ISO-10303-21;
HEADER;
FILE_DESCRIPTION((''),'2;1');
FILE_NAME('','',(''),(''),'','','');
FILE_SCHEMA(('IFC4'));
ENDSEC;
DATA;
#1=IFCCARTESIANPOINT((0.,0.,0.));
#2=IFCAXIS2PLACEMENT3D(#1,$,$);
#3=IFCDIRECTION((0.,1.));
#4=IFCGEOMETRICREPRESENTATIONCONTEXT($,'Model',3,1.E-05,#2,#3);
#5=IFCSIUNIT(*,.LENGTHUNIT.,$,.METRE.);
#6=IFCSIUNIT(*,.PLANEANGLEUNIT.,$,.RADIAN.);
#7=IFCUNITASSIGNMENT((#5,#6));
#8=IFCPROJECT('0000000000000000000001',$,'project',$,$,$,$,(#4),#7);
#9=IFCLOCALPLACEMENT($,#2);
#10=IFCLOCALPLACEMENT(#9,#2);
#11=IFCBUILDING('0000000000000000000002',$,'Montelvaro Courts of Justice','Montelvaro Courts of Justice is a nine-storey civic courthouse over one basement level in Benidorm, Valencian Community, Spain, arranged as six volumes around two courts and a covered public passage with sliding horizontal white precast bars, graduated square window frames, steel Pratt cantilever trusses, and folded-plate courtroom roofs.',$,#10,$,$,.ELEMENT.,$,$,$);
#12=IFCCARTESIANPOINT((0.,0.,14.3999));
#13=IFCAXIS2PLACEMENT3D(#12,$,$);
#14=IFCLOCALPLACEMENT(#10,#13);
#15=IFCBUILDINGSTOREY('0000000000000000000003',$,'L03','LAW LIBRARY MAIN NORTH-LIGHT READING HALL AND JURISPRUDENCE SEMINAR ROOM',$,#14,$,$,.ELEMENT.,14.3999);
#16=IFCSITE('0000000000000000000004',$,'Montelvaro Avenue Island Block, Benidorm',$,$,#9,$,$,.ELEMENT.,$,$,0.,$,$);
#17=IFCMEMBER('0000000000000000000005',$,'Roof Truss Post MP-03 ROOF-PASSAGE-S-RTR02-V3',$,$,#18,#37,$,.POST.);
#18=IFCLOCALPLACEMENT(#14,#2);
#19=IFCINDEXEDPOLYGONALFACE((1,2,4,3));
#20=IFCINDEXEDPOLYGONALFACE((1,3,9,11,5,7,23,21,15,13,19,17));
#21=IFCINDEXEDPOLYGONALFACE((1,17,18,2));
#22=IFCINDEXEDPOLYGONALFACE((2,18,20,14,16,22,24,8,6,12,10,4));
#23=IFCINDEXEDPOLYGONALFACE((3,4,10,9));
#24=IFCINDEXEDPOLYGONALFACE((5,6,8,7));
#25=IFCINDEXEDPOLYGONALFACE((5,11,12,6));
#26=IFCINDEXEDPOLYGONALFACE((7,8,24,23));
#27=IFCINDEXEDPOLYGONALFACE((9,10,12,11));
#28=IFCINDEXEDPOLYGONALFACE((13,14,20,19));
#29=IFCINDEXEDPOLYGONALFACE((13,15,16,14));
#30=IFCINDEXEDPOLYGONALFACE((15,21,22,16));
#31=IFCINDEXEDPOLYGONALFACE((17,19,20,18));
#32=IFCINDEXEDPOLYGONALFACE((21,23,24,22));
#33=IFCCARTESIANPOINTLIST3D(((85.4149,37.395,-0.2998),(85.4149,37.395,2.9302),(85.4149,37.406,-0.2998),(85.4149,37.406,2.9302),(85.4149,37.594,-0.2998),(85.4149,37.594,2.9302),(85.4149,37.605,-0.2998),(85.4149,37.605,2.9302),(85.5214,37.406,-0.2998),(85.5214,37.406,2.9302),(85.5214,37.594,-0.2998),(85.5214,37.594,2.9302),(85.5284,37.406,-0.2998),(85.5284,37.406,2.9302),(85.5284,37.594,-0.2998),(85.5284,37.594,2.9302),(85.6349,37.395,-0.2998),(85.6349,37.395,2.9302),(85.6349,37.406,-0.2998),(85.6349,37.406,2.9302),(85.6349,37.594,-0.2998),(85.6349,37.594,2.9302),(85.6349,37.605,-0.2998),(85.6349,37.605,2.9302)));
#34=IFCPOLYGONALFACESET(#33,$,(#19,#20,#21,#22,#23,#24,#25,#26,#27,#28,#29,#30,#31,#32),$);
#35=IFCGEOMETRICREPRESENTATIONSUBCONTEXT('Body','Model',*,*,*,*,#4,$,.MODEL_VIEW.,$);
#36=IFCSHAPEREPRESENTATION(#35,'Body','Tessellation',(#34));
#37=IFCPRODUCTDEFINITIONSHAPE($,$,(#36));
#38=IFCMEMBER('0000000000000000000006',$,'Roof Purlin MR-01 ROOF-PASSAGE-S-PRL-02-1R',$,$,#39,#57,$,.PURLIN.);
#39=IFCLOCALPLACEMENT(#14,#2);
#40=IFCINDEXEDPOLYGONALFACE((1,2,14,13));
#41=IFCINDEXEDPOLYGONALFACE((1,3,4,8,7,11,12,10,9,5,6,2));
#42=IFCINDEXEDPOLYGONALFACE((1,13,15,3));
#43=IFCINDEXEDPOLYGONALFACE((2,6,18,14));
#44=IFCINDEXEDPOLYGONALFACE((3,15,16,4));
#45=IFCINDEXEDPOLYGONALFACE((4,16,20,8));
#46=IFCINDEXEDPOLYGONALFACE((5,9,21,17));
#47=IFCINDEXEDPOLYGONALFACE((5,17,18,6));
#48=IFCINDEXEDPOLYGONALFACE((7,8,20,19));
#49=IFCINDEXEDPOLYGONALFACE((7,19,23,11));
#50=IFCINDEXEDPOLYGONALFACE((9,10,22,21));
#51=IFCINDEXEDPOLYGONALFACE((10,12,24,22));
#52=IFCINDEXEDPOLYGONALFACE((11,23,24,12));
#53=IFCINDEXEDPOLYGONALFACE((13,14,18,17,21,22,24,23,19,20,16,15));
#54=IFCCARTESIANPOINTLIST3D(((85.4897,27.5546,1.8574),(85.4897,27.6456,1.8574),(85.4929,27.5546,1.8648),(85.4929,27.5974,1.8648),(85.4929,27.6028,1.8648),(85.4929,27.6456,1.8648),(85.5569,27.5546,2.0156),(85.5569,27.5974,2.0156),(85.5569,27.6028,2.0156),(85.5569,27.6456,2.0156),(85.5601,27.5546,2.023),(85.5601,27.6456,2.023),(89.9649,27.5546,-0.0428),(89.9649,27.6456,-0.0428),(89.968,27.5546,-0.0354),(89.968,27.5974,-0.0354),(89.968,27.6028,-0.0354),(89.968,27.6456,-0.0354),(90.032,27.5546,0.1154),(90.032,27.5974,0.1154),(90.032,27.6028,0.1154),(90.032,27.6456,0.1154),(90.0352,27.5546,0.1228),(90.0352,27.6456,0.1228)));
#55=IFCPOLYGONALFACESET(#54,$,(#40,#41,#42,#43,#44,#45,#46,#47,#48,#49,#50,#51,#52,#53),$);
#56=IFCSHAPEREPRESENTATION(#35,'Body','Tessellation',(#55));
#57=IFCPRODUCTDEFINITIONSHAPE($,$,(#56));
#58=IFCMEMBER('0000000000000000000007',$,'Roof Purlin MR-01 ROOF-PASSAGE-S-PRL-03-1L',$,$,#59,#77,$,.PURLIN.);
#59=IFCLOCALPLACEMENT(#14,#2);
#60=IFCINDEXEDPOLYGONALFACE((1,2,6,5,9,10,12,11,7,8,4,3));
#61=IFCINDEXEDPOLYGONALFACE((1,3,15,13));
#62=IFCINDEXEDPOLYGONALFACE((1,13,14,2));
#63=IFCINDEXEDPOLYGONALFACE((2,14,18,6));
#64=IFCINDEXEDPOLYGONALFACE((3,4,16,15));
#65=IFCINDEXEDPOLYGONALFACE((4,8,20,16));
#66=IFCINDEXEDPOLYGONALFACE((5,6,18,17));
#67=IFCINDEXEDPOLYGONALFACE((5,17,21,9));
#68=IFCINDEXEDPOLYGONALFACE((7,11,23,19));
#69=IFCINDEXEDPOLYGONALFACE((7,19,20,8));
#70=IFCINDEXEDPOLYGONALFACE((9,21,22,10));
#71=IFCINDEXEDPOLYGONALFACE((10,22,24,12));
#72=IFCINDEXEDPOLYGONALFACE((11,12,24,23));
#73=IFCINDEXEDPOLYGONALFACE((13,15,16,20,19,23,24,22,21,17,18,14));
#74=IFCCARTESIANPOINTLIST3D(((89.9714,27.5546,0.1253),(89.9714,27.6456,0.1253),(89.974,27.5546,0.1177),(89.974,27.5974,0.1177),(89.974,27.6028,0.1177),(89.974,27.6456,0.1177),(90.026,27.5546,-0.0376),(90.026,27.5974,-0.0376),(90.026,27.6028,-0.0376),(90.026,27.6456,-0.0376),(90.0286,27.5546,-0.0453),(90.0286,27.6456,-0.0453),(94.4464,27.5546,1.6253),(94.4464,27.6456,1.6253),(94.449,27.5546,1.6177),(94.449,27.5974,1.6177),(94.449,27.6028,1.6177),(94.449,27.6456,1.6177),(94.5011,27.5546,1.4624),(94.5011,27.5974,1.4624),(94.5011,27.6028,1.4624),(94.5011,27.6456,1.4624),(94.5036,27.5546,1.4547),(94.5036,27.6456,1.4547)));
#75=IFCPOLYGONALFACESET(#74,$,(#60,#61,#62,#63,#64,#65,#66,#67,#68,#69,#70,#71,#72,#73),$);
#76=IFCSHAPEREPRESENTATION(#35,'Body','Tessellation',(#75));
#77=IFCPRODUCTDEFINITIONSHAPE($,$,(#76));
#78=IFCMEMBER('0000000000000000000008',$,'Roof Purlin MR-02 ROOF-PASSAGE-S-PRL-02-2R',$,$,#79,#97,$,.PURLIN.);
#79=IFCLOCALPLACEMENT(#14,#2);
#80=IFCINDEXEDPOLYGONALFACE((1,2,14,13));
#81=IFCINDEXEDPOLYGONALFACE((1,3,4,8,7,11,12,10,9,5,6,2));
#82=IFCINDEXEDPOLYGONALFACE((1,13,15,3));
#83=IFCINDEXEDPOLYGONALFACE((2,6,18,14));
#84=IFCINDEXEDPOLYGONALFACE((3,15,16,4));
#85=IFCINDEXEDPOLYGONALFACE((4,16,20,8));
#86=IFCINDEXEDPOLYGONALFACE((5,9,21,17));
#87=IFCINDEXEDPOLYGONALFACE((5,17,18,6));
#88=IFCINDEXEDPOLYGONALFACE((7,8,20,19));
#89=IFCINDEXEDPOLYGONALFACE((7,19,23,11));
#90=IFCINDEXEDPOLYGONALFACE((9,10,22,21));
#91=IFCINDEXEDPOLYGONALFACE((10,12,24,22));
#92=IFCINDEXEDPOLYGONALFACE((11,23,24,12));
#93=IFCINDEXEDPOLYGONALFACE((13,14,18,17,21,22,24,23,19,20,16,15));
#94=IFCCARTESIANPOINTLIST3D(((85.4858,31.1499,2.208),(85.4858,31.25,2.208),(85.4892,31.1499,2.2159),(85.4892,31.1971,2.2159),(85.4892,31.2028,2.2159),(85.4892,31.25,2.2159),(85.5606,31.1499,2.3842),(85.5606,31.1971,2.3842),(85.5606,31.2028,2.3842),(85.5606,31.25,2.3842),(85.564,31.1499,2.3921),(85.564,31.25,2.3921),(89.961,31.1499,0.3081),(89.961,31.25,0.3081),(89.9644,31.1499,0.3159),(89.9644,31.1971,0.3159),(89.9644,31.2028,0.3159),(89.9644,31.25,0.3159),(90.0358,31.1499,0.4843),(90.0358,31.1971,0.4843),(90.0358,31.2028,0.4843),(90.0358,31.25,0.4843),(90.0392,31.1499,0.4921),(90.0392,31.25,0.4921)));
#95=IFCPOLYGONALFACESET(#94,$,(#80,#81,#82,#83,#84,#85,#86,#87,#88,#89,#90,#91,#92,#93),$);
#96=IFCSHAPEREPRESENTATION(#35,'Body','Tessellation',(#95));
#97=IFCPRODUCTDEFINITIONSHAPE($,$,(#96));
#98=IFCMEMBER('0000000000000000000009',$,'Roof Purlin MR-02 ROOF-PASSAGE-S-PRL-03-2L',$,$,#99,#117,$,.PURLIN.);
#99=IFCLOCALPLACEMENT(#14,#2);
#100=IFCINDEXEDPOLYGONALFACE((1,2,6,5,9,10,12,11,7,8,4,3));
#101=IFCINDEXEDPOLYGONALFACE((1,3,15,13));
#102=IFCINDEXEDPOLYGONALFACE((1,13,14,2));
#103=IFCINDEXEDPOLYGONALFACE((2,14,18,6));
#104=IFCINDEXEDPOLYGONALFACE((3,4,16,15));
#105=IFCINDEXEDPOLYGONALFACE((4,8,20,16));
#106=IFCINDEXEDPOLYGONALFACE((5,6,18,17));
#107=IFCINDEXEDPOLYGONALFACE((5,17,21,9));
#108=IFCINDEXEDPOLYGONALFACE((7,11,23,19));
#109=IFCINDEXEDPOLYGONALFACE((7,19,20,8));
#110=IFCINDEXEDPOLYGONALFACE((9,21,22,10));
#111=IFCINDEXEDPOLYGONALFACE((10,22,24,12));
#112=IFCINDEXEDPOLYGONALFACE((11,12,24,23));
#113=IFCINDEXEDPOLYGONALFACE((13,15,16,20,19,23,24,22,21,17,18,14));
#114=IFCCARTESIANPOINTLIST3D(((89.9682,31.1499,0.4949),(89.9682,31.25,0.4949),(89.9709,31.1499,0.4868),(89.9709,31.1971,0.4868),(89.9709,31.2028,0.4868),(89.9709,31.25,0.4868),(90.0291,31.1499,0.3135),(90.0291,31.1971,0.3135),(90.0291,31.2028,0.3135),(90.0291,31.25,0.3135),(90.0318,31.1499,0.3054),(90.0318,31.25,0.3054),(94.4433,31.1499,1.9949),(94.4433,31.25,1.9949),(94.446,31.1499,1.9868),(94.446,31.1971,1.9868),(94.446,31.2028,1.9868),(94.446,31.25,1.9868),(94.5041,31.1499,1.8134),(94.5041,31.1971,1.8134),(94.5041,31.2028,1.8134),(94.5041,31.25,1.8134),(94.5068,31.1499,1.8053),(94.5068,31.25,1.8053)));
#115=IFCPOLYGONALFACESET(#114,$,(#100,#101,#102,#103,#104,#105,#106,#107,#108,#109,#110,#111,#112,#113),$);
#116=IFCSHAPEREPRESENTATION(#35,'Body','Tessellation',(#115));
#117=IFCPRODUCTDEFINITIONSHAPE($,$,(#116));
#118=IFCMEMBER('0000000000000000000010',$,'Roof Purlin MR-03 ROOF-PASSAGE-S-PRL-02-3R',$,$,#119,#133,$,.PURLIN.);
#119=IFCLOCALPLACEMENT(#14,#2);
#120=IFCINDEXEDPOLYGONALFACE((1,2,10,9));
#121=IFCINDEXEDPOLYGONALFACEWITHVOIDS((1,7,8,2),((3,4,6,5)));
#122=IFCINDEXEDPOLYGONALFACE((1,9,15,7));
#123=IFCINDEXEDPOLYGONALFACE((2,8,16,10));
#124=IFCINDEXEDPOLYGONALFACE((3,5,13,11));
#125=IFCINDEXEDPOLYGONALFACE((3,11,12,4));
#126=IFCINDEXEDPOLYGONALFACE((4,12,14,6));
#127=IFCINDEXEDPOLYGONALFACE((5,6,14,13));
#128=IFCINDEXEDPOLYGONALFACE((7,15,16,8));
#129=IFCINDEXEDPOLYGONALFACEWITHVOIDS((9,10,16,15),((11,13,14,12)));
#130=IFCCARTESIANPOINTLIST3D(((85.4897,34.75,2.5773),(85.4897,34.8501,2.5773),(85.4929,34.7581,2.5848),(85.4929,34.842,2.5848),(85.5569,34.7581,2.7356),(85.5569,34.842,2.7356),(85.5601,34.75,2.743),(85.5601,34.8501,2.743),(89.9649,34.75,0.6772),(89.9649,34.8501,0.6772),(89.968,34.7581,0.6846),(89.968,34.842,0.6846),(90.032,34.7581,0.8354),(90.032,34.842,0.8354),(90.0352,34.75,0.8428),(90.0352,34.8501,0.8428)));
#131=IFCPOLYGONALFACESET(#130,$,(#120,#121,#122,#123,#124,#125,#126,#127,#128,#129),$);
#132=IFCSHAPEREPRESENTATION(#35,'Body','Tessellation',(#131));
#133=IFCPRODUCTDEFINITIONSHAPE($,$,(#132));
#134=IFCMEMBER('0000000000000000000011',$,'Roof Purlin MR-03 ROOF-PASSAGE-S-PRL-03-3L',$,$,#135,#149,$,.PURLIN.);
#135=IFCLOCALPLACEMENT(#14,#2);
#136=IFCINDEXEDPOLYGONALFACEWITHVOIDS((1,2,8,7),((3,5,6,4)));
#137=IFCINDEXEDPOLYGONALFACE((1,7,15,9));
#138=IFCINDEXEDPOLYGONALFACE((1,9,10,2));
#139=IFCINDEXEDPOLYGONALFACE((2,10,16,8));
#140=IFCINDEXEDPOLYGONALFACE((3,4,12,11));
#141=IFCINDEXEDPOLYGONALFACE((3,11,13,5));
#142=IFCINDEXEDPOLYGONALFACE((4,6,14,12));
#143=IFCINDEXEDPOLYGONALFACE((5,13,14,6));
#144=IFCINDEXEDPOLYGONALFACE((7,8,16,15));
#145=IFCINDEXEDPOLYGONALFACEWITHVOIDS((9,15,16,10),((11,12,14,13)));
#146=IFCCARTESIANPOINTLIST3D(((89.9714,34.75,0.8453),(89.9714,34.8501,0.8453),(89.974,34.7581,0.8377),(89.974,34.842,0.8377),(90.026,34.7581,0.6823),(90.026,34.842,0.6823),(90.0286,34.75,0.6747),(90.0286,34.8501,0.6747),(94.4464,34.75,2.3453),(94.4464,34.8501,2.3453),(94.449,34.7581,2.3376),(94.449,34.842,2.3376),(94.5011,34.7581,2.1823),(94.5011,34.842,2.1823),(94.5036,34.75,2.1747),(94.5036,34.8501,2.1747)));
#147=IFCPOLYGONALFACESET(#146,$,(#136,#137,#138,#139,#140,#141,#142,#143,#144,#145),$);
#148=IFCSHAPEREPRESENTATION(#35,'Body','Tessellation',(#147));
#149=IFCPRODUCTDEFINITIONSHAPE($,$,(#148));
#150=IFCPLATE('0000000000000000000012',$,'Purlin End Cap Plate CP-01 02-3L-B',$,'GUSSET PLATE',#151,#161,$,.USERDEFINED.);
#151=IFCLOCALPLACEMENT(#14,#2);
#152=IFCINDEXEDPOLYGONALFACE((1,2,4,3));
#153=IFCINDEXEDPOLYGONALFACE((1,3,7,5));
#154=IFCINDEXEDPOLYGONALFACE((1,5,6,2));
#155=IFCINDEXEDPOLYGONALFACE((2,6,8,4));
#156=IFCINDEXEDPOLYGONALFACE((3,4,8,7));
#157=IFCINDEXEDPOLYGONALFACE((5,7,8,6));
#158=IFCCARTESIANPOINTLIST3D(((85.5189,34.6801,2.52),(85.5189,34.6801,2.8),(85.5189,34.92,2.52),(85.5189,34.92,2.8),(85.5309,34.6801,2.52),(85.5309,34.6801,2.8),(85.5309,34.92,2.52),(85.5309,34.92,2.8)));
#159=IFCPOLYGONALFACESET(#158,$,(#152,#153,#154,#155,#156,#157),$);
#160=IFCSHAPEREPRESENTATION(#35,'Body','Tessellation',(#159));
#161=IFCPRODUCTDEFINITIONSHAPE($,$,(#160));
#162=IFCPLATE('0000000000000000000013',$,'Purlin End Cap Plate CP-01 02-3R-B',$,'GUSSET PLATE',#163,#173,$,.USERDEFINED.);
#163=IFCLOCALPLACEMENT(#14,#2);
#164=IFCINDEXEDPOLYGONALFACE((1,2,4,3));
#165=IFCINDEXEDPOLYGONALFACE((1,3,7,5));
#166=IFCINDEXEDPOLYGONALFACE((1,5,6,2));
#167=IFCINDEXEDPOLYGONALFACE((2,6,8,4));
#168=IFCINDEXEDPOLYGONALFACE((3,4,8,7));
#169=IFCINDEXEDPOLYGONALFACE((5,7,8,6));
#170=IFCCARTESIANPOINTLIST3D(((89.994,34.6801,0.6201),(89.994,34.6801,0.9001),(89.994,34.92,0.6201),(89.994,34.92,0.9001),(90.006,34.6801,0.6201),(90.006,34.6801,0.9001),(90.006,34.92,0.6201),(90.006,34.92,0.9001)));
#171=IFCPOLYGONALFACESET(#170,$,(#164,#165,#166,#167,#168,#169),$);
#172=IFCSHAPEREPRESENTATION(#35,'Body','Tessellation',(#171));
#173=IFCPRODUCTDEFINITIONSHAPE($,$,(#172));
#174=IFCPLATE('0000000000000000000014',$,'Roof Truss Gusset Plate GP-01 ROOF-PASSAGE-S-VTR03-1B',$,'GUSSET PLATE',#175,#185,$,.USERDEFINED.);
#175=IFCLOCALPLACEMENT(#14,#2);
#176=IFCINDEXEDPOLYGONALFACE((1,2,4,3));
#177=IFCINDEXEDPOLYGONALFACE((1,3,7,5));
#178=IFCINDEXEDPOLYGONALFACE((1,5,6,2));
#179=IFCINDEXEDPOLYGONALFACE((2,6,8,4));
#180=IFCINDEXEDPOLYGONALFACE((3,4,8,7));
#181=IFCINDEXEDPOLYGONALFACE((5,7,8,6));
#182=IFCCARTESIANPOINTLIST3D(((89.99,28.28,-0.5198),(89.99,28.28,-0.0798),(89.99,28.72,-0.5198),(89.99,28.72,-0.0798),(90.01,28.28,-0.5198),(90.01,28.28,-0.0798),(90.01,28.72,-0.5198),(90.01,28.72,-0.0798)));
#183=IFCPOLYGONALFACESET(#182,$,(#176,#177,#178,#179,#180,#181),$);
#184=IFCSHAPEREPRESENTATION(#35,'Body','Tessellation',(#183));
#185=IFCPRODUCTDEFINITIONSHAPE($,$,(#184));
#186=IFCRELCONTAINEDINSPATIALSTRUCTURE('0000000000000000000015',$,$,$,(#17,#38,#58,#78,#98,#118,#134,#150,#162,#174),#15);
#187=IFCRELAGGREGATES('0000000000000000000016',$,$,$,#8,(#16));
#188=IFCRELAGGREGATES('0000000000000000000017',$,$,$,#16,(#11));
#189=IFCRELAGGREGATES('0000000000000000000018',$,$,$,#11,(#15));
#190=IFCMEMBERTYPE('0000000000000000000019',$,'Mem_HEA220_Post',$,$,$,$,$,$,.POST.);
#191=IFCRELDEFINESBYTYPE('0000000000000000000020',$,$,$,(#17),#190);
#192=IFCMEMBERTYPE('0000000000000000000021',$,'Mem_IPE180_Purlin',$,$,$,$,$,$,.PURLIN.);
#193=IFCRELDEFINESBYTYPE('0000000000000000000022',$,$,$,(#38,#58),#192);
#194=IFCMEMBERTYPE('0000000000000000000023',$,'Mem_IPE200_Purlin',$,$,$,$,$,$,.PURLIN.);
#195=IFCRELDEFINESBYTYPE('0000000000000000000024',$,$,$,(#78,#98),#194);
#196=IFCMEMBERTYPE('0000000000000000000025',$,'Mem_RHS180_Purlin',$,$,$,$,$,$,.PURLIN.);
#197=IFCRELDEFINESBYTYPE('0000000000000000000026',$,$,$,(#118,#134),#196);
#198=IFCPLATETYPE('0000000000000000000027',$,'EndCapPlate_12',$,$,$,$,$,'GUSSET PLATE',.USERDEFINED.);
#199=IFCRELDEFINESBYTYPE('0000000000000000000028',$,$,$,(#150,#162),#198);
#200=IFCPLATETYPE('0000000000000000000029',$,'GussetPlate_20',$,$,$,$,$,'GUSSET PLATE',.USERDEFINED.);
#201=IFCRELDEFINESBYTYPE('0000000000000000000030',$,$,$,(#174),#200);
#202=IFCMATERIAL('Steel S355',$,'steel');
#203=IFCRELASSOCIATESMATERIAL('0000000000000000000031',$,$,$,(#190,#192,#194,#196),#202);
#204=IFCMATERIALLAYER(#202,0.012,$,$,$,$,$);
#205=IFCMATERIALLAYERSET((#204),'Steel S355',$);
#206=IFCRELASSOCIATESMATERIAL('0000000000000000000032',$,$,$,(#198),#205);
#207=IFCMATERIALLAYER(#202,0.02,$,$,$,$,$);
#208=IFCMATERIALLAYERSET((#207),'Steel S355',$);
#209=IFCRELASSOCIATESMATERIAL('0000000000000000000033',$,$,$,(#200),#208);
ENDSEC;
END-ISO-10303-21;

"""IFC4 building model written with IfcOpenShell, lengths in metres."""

from ifc_helpers import new_model, si_unit, direction, frame, origin, origin_2d, place, context, subcontext, project, spatial, rectangle, hollow_rectangle, i_section, extrude, material, layer, layer_set, material_profile, profile_set, type_object, element, save


model = new_model("IFC4")

# Units and contexts
model_context = context("Model", 3, precision=1e-05, world=origin(), true_north=direction((0.0, 1.0)))
body_context = subcontext(model_context, "Body", "Model", "MODEL_VIEW")
ifc_project = project(units=[si_unit("LENGTHUNIT", "METRE"), si_unit("PLANEANGLEUNIT", "RADIAN")], contexts=[model_context])

# Site, building, storey
site_placement = place(None, origin())
site = spatial("IfcSite", under=ifc_project, at=site_placement, Name="Montelvaro Avenue Island Block, Benidorm", CompositionType="ELEMENT", RefElevation=0.0)
building_placement = place(site_placement, origin())
building = spatial("IfcBuilding", under=site, at=building_placement, Name="Montelvaro Courts of Justice", Description="Montelvaro Courts of Justice is a nine-storey civic courthouse over one basement level in Benidorm, Valencian Community, Spain, arranged as six volumes around two courts and a covered public passage with sliding horizontal white precast bars, graduated square window frames, steel Pratt cantilever trusses, and folded-plate courtroom roofs.", CompositionType="ELEMENT")
storey_placement = place(building_placement, frame((0.0, 0.0, 14.3999)))
storey = spatial("IfcBuildingStorey", under=building, at=storey_placement, Name="L03", Description="LAW LIBRARY MAIN NORTH-LIGHT READING HALL AND JURISPRUDENCE SEMINAR ROOM", CompositionType="ELEMENT", Elevation=14.3999)

# Members
ifc_material_1 = material(Name="Steel S355", Category="steel")
ifc_material_profile_1 = material_profile(ifc_material_1, i_section(OverallWidth=0.22, OverallDepth=0.21, WebThickness=0.0071, FlangeThickness=0.011, at=origin_2d()), Name="HEA 220")
ifc_profile_set_1 = profile_set([ifc_material_profile_1], Name="Steel S355")
member_type_1 = type_object("IfcMemberType", Name="Mem_HEA220_Post", PredefinedType="POST", material=ifc_profile_set_1)
member_1_placement = place(storey_placement, frame((85.5249, 37.5, -0.2998), z_axis=(0.0, 0.0, 1.0), x_axis=(1.0, 0.0, 0.0)))
element("IfcMember", 1, at=member_1_placement, inside=storey, type_object=member_type_1, Name="Roof Truss Post MP-03 ROOF-PASSAGE-S-RTR02-V3", PredefinedType="POST", context=body_context, shape_type="SweptSolid", body=[
    extrude(i_section(OverallWidth=0.22, OverallDepth=0.21, WebThickness=0.0071, FlangeThickness=0.011, at=origin_2d()), origin(), (0.0, 0.0, 1.0), 3.23),
])
ifc_material_profile_2 = material_profile(ifc_material_1, i_section(OverallWidth=0.0911, OverallDepth=0.1799, WebThickness=0.0054, FlangeThickness=0.0081, at=origin_2d()), Name="IPE 180")
ifc_profile_set_2 = profile_set([ifc_material_profile_2], Name="Steel S355")
member_type_2 = type_object("IfcMemberType", Name="Mem_IPE180_Purlin", PredefinedType="PURLIN", material=ifc_profile_set_2)
member_2_placement = place(storey_placement, frame((85.5249, 27.6001, 1.9402), z_axis=(0.920462, 0.0, -0.390832), x_axis=(0.0, 1.0, 0.0)))
element("IfcMember", 2, at=member_2_placement, inside=storey, type_object=member_type_2, Name="Roof Purlin MR-01 ROOF-PASSAGE-S-PRL-02-1R", PredefinedType="PURLIN", context=body_context, shape_type="SweptSolid", body=[
    extrude(i_section(OverallWidth=0.0911, OverallDepth=0.1799, WebThickness=0.0054, FlangeThickness=0.0081, at=origin_2d()), origin(), (0.0, 0.0, 1.0), 4.8618),
])
member_3_placement = place(storey_placement, frame((90.0, 27.6001, 0.04), z_axis=(0.948154, 0.0, 0.31781), x_axis=(0.0, 1.0, 0.0)))
element("IfcMember", 3, at=member_3_placement, inside=storey, type_object=member_type_2, Name="Roof Purlin MR-01 ROOF-PASSAGE-S-PRL-03-1L", PredefinedType="PURLIN", context=body_context, shape_type="SweptSolid", body=[
    extrude(i_section(OverallWidth=0.0911, OverallDepth=0.1799, WebThickness=0.0054, FlangeThickness=0.0081, at=origin_2d()), origin(), (0.0, 0.0, 1.0), 4.7197),
])
ifc_material_profile_3 = material_profile(ifc_material_1, i_section(OverallWidth=0.1001, OverallDepth=0.2, WebThickness=0.0056, FlangeThickness=0.0085, at=origin_2d()), Name="IPE 200")
ifc_profile_set_3 = profile_set([ifc_material_profile_3], Name="Steel S355")
member_type_3 = type_object("IfcMemberType", Name="Mem_IPE200_Purlin", PredefinedType="PURLIN", material=ifc_profile_set_3)
member_4_placement = place(storey_placement, frame((85.5249, 31.2, 2.3), z_axis=(0.92048, 0.0, -0.39079), x_axis=(0.0, 1.0, 0.0)))
element("IfcMember", 4, at=member_4_placement, inside=storey, type_object=member_type_3, Name="Roof Purlin MR-02 ROOF-PASSAGE-S-PRL-02-2R", PredefinedType="PURLIN", context=body_context, shape_type="SweptSolid", body=[
    extrude(i_section(OverallWidth=0.1001, OverallDepth=0.2, WebThickness=0.0056, FlangeThickness=0.0085, at=origin_2d()), origin(), (0.0, 0.0, 1.0), 4.8618),
])
member_5_placement = place(storey_placement, frame((90.0, 31.2, 0.4001), z_axis=(0.948154, 0.0, 0.31781), x_axis=(0.0, 1.0, 0.0)))
element("IfcMember", 5, at=member_5_placement, inside=storey, type_object=member_type_3, Name="Roof Purlin MR-02 ROOF-PASSAGE-S-PRL-03-2L", PredefinedType="PURLIN", context=body_context, shape_type="SweptSolid", body=[
    extrude(i_section(OverallWidth=0.1001, OverallDepth=0.2, WebThickness=0.0056, FlangeThickness=0.0085, at=origin_2d()), origin(), (0.0, 0.0, 1.0), 4.7197),
])
ifc_material_profile_4 = material_profile(ifc_material_1, hollow_rectangle(XDim=0.1001, YDim=0.1799, WallThickness=0.0081, at=origin_2d()), Name="RHS 180x100x8")
ifc_profile_set_4 = profile_set([ifc_material_profile_4], Name="Steel S355")
member_type_4 = type_object("IfcMemberType", Name="Mem_RHS180_Purlin", PredefinedType="PURLIN", material=ifc_profile_set_4)
member_6_placement = place(storey_placement, frame((85.5249, 34.8, 2.6602), z_axis=(0.920462, 0.0, -0.390832), x_axis=(0.0, 1.0, 0.0)))
element("IfcMember", 6, at=member_6_placement, inside=storey, type_object=member_type_4, Name="Roof Purlin MR-03 ROOF-PASSAGE-S-PRL-02-3R", PredefinedType="PURLIN", context=body_context, shape_type="SweptSolid", body=[
    extrude(hollow_rectangle(XDim=0.1001, YDim=0.1799, WallThickness=0.0081, at=origin_2d()), origin(), (0.0, 0.0, 1.0), 4.8618),
])
member_7_placement = place(storey_placement, frame((90.0, 34.8, 0.76), z_axis=(0.948154, 0.0, 0.31781), x_axis=(0.0, 1.0, 0.0)))
element("IfcMember", 7, at=member_7_placement, inside=storey, type_object=member_type_4, Name="Roof Purlin MR-03 ROOF-PASSAGE-S-PRL-03-3L", PredefinedType="PURLIN", context=body_context, shape_type="SweptSolid", body=[
    extrude(hollow_rectangle(XDim=0.1001, YDim=0.1799, WallThickness=0.0081, at=origin_2d()), origin(), (0.0, 0.0, 1.0), 4.7197),
])

# Plates
ifc_layer_1 = layer(ifc_material_1, 0.012)
ifc_layer_set_1 = layer_set([ifc_layer_1], Name="Steel S355")
plate_type_1 = type_object("IfcPlateType", Name="EndCapPlate_12", ElementType="GUSSET PLATE", PredefinedType="USERDEFINED", material=ifc_layer_set_1)
for number, where, z_axis, x_axis, name in (
    (8, (85.5249, 34.8, 2.52), (0.0, 0.0, 1.0), (1.0, 0.0, 0.0), "Purlin End Cap Plate CP-01 02-3L-B"),
    (9, (90.0, 34.8, 0.6201), (0.0, 0.0, 1.0), (1.0, 0.0, 0.0), "Purlin End Cap Plate CP-01 02-3R-B"),
):
    element("IfcPlate", number, at=place(storey_placement, frame(where, z_axis=z_axis, x_axis=x_axis)), inside=storey, type_object=plate_type_1, Name=name, ObjectType="GUSSET PLATE", PredefinedType="USERDEFINED", context=body_context, shape_type="SweptSolid", body=[
        extrude(rectangle(XDim=0.012, YDim=0.24, at=origin_2d()), origin(), (0.0, 0.0, 1.0), 0.28),
    ])
ifc_layer_2 = layer(ifc_material_1, 0.02)
ifc_layer_set_2 = layer_set([ifc_layer_2], Name="Steel S355")
plate_type_2 = type_object("IfcPlateType", Name="GussetPlate_20", ElementType="GUSSET PLATE", PredefinedType="USERDEFINED", material=ifc_layer_set_2)
for number, where, z_axis, x_axis, name in (
    (10, (90.0, 28.5, -0.5198), (0.0, 0.0, 1.0), (1.0, 0.0, 0.0), "Roof Truss Gusset Plate GP-01 ROOF-PASSAGE-S-VTR03-1B"),
):
    element("IfcPlate", number, at=place(storey_placement, frame(where, z_axis=z_axis, x_axis=x_axis)), inside=storey, type_object=plate_type_2, Name=name, ObjectType="GUSSET PLATE", PredefinedType="USERDEFINED", context=body_context, shape_type="SweptSolid", body=[
        extrude(rectangle(XDim=0.02, YDim=0.4399, at=origin_2d()), origin(), (0.0, 0.0, 1.0), 0.4399),
    ])

save(model, "model.ifc")
